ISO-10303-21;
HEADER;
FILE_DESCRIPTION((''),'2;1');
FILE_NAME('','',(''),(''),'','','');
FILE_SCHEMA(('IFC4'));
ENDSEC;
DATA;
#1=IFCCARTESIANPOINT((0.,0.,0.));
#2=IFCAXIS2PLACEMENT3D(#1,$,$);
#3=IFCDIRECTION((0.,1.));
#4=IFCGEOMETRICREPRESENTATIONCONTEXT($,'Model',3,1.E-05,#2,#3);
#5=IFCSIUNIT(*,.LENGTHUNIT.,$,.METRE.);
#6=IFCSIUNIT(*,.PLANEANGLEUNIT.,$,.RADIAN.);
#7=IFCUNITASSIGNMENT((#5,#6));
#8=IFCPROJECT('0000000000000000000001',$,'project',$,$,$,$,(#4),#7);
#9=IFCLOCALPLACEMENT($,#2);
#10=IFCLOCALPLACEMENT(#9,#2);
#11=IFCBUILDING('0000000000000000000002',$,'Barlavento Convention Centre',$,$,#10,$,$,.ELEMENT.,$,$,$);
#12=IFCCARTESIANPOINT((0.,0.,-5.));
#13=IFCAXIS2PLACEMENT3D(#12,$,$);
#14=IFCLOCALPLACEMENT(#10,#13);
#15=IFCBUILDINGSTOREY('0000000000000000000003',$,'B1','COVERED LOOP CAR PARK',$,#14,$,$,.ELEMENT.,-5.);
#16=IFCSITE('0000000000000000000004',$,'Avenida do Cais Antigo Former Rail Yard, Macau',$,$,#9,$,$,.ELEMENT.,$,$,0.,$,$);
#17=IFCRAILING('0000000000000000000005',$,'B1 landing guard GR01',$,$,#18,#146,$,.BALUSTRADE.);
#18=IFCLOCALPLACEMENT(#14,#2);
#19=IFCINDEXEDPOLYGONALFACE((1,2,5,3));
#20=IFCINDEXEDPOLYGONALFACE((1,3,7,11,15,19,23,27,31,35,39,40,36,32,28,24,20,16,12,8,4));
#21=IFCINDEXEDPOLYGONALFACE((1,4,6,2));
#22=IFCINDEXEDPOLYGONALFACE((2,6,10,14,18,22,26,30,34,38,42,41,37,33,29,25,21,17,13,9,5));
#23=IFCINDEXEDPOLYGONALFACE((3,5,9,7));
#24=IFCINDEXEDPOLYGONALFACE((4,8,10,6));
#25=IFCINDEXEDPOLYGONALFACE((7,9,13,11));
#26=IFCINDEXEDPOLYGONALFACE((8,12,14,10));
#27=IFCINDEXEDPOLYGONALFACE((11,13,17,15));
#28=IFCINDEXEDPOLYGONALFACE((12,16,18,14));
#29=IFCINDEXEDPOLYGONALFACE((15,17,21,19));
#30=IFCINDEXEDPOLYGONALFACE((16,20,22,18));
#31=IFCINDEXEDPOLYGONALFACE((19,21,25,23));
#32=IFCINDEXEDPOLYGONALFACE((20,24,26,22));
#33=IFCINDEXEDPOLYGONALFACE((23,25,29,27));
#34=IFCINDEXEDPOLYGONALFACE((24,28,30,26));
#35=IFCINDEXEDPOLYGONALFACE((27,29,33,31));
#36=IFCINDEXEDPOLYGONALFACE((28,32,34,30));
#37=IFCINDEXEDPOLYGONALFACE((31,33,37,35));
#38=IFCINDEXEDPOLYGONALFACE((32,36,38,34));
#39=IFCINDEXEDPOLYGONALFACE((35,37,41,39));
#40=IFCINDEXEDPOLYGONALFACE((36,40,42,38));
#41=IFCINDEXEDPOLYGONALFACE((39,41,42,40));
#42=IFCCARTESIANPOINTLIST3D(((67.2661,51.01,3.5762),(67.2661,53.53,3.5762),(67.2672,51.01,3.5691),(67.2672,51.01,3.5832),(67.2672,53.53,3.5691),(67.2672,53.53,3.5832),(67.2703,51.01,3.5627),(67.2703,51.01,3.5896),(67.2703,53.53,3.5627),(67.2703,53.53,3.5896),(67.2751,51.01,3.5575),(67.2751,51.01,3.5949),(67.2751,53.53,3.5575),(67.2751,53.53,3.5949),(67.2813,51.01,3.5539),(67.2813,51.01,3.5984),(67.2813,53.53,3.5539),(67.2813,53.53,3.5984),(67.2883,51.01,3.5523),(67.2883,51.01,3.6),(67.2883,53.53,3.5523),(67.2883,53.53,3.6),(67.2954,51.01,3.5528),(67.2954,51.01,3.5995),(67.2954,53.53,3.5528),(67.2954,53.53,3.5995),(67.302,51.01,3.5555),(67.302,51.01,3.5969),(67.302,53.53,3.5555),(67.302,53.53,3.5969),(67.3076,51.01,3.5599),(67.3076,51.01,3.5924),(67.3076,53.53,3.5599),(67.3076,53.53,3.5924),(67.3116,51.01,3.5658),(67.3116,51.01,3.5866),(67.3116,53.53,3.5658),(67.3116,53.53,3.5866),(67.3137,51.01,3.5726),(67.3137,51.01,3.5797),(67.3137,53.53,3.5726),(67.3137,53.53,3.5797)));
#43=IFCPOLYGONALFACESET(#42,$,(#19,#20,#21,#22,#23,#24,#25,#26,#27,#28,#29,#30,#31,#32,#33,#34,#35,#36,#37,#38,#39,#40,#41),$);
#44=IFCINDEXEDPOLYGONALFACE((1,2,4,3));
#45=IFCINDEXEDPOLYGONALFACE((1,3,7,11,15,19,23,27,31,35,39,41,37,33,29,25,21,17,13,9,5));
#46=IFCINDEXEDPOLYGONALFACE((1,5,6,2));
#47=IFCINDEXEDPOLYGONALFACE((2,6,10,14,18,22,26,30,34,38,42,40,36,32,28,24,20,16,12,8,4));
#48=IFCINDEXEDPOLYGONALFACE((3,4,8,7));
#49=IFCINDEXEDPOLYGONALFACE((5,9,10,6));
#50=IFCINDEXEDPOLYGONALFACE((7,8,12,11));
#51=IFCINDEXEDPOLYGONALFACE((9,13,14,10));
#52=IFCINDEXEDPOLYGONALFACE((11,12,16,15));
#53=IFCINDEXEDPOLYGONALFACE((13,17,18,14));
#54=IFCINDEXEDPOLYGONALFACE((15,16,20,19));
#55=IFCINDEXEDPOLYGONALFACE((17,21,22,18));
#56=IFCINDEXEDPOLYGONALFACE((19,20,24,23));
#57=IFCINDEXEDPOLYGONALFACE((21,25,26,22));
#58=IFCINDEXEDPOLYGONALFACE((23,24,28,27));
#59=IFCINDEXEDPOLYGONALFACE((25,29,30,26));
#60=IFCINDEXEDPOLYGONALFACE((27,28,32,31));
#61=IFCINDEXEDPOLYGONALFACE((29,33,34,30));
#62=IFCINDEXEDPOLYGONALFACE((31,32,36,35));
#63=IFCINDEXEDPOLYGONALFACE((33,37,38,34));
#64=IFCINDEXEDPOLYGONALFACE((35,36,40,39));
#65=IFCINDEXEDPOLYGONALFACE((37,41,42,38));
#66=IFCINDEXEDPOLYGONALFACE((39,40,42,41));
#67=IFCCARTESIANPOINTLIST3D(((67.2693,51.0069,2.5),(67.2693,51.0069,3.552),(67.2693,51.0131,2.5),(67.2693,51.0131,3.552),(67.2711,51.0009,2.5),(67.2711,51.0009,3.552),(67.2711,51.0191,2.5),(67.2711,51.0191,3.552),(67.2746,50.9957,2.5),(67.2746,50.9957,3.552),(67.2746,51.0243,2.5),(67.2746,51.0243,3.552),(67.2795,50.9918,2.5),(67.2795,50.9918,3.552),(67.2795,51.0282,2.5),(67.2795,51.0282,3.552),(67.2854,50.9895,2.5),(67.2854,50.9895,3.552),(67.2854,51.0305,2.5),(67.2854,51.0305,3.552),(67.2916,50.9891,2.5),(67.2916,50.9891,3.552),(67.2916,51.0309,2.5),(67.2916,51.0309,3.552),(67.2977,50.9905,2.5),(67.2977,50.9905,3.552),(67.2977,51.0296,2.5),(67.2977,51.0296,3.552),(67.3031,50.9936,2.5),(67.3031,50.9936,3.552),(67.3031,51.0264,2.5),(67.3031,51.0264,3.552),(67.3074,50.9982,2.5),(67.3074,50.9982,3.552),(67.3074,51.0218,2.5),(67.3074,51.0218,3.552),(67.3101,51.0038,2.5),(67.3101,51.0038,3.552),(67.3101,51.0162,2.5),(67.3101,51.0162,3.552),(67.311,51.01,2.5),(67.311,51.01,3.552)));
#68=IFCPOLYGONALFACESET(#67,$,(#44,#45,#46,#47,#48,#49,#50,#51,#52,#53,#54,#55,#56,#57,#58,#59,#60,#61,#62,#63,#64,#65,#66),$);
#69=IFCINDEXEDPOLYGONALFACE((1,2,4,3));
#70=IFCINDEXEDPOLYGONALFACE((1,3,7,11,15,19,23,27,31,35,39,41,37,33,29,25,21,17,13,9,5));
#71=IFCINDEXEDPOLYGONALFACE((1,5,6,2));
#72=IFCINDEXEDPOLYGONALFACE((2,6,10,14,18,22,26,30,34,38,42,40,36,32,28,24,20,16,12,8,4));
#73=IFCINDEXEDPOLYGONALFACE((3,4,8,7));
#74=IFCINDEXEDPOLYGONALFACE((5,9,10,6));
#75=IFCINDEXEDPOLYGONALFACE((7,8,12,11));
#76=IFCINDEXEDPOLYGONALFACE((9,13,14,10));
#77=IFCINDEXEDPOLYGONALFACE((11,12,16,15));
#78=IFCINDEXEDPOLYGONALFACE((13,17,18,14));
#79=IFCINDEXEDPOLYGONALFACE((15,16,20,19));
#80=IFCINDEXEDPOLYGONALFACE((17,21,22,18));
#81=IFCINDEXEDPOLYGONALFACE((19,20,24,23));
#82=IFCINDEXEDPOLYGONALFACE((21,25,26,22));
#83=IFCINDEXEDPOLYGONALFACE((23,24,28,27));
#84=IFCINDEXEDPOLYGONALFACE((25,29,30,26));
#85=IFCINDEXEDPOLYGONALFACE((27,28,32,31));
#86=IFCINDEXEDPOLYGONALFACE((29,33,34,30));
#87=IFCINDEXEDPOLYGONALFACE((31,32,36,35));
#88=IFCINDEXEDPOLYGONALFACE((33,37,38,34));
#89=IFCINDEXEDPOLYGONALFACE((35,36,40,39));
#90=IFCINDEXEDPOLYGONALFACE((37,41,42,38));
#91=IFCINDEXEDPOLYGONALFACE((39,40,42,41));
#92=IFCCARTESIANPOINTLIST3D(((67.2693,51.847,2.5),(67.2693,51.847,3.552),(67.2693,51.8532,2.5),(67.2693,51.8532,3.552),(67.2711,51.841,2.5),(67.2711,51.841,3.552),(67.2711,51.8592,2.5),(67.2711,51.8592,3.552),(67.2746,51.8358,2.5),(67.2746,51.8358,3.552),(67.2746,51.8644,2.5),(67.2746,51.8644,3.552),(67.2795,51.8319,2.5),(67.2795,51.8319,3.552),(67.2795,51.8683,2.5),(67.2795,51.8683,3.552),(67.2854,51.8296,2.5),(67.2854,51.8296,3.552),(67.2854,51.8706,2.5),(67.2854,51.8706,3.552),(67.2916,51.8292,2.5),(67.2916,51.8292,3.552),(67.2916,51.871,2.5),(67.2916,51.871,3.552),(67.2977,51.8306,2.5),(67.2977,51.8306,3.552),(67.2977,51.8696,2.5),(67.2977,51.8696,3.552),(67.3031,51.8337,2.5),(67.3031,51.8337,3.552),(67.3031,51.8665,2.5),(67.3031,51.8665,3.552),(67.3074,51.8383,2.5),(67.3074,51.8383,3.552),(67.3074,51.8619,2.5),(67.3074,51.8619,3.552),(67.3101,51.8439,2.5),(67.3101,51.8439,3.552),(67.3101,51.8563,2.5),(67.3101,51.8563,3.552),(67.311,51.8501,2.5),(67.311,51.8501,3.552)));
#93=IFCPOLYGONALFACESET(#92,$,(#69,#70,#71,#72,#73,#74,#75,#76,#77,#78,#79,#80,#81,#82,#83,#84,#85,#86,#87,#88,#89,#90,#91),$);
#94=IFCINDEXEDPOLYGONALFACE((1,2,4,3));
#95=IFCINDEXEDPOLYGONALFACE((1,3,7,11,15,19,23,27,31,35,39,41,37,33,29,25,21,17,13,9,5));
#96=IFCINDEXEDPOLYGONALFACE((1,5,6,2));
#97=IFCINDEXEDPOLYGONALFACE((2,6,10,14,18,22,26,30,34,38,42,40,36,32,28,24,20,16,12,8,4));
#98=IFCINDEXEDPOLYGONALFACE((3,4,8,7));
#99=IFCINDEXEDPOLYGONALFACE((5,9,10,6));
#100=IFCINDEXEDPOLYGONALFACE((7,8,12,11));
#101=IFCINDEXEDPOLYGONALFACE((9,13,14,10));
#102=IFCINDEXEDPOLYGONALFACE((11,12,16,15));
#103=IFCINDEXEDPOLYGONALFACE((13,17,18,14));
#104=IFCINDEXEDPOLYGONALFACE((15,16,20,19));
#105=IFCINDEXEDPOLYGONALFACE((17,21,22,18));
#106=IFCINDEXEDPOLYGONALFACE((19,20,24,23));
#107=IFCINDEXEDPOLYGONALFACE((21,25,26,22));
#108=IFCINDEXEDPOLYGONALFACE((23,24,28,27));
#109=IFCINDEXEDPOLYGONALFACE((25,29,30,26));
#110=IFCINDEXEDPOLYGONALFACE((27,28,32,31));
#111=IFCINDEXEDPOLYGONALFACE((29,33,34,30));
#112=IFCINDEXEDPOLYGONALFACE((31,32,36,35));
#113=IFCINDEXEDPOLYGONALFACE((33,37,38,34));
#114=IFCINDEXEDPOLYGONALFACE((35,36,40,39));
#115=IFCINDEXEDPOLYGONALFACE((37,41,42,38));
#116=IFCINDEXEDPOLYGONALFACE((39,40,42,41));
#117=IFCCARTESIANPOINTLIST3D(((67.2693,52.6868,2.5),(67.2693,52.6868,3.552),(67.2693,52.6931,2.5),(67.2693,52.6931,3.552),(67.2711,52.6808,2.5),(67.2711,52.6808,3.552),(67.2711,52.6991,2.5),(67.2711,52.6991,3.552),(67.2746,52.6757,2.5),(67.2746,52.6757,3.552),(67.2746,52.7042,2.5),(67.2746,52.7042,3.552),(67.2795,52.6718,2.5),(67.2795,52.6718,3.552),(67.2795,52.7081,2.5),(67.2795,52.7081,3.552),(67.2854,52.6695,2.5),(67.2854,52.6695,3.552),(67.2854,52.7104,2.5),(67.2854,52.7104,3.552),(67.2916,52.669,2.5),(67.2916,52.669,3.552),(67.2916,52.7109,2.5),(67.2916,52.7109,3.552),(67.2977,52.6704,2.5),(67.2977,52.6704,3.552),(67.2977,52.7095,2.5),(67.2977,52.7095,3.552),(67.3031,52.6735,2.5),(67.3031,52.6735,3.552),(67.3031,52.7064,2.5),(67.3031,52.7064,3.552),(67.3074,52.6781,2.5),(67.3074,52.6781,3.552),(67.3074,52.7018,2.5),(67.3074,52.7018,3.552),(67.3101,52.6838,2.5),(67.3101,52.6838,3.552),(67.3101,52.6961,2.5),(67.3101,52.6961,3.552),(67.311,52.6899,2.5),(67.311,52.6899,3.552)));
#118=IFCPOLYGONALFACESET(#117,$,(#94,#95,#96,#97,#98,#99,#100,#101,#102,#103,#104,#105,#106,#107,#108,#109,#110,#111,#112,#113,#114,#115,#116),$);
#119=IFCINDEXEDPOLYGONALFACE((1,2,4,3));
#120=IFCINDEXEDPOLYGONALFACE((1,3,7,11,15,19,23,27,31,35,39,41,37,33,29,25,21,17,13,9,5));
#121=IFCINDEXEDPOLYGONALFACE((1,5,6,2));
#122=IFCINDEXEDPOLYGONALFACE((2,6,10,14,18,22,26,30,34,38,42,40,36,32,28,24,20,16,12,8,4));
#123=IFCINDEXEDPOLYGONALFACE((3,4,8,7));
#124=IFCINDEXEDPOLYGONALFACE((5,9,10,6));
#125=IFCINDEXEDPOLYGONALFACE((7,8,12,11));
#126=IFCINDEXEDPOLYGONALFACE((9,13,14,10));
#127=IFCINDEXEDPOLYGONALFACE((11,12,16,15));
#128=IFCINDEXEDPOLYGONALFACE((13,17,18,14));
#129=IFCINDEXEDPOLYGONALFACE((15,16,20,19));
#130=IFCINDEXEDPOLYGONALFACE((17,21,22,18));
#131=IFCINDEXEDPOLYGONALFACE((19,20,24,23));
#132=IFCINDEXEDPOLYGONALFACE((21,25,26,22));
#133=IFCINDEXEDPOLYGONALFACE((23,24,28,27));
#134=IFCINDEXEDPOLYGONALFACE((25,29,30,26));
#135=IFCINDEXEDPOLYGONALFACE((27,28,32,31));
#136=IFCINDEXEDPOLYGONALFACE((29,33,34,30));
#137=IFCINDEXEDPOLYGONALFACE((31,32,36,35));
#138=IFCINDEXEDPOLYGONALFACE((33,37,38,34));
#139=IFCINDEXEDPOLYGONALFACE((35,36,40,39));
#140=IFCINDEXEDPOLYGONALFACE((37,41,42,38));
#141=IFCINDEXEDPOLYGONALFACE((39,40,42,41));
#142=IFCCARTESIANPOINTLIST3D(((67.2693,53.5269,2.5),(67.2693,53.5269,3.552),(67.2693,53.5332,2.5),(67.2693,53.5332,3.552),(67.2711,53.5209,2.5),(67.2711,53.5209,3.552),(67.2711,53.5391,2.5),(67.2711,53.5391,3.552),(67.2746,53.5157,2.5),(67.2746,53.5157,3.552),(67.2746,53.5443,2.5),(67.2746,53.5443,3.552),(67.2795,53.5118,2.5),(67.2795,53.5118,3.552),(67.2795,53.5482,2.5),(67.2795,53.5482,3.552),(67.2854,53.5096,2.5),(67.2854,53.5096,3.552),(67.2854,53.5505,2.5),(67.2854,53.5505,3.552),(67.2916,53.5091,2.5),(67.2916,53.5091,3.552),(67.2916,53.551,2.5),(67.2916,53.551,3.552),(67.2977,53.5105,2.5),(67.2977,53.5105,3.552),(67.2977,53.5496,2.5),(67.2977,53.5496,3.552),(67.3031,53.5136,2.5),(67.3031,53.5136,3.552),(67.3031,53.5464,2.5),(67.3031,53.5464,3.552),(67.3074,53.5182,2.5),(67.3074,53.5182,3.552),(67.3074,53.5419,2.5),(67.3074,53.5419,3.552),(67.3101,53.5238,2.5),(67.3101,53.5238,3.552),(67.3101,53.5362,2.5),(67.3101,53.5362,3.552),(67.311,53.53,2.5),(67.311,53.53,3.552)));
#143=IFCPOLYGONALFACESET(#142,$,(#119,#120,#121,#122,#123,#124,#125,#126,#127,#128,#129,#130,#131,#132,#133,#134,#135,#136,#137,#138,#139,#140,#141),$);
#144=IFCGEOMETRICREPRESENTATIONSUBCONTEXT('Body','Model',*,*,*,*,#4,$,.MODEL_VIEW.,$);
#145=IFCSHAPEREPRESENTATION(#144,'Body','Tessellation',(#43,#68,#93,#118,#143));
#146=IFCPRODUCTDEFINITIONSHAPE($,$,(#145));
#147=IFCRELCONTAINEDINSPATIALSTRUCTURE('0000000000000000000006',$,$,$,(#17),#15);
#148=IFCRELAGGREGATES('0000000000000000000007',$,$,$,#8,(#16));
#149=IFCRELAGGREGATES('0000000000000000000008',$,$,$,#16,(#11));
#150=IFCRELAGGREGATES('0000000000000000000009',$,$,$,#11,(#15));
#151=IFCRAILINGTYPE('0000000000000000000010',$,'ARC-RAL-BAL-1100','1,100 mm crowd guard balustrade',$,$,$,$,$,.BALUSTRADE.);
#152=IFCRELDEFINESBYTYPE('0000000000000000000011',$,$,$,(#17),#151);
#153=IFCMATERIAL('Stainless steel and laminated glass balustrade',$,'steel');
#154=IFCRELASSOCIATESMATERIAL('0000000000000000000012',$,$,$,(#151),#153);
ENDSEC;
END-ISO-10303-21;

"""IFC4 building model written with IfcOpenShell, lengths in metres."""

from ifc_helpers import new_model, si_unit, direction, frame, origin, origin_2d, place, context, subcontext, project, spatial, circle, extrude, material, type_object, element, save


model = new_model("IFC4")

# Units and contexts
model_context = context("Model", 3, precision=1e-05, world=origin(), true_north=direction((0.0, 1.0)))
body_context = subcontext(model_context, "Body", "Model", "MODEL_VIEW")
ifc_project = project(units=[si_unit("LENGTHUNIT", "METRE"), si_unit("PLANEANGLEUNIT", "RADIAN")], contexts=[model_context])

# Site, building, storey
site_placement = place(None, origin())
site = spatial("IfcSite", under=ifc_project, at=site_placement, Name="Avenida do Cais Antigo Former Rail Yard, Macau", CompositionType="ELEMENT", RefElevation=0.0)
building_placement = place(site_placement, origin())
building = spatial("IfcBuilding", under=site, at=building_placement, Name="Barlavento Convention Centre", CompositionType="ELEMENT")
storey_placement = place(building_placement, frame((0.0, 0.0, -5.0)))
storey = spatial("IfcBuildingStorey", under=building, at=storey_placement, Name="B1", Description="COVERED LOOP CAR PARK", CompositionType="ELEMENT", Elevation=-5.0)

# Railing
ifc_material_1 = material(Name="Stainless steel and laminated glass balustrade", Category="steel")
railing_type_1 = type_object("IfcRailingType", Name="ARC-RAL-BAL-1100", Description="1,100 mm crowd guard balustrade", PredefinedType="BALUSTRADE", material=ifc_material_1)
railing_1_placement = place(storey_placement, frame((67.29, 51.01, 2.5)))
element("IfcRailing", 1, at=railing_1_placement, inside=storey, type_object=railing_type_1, Name="B1 landing guard GR01", PredefinedType="BALUSTRADE", context=body_context, shape_type="SweptSolid", body=[
    extrude(circle(Radius=0.0239, at=origin_2d()), frame((0.0, 0.0, 1.0762), z_axis=(0.0, 1.0, 0.0), x_axis=(-1.0, 0.0, 0.0)), (0.0, 0.0, 1.0), 2.52),
    extrude(circle(Radius=0.021, at=origin_2d()), origin(), (0.0, 0.0, 1.0), 1.052),
    extrude(circle(Radius=0.021, at=origin_2d()), frame((0.0, 0.8401, 0.0)), (0.0, 0.0, 1.0), 1.052),
    extrude(circle(Radius=0.021, at=origin_2d()), frame((0.0, 1.6799, 0.0)), (0.0, 0.0, 1.0), 1.052),
    extrude(circle(Radius=0.021, at=origin_2d()), frame((0.0, 2.52, 0.0)), (0.0, 0.0, 1.0), 1.052),
])

save(model, "model.ifc")
